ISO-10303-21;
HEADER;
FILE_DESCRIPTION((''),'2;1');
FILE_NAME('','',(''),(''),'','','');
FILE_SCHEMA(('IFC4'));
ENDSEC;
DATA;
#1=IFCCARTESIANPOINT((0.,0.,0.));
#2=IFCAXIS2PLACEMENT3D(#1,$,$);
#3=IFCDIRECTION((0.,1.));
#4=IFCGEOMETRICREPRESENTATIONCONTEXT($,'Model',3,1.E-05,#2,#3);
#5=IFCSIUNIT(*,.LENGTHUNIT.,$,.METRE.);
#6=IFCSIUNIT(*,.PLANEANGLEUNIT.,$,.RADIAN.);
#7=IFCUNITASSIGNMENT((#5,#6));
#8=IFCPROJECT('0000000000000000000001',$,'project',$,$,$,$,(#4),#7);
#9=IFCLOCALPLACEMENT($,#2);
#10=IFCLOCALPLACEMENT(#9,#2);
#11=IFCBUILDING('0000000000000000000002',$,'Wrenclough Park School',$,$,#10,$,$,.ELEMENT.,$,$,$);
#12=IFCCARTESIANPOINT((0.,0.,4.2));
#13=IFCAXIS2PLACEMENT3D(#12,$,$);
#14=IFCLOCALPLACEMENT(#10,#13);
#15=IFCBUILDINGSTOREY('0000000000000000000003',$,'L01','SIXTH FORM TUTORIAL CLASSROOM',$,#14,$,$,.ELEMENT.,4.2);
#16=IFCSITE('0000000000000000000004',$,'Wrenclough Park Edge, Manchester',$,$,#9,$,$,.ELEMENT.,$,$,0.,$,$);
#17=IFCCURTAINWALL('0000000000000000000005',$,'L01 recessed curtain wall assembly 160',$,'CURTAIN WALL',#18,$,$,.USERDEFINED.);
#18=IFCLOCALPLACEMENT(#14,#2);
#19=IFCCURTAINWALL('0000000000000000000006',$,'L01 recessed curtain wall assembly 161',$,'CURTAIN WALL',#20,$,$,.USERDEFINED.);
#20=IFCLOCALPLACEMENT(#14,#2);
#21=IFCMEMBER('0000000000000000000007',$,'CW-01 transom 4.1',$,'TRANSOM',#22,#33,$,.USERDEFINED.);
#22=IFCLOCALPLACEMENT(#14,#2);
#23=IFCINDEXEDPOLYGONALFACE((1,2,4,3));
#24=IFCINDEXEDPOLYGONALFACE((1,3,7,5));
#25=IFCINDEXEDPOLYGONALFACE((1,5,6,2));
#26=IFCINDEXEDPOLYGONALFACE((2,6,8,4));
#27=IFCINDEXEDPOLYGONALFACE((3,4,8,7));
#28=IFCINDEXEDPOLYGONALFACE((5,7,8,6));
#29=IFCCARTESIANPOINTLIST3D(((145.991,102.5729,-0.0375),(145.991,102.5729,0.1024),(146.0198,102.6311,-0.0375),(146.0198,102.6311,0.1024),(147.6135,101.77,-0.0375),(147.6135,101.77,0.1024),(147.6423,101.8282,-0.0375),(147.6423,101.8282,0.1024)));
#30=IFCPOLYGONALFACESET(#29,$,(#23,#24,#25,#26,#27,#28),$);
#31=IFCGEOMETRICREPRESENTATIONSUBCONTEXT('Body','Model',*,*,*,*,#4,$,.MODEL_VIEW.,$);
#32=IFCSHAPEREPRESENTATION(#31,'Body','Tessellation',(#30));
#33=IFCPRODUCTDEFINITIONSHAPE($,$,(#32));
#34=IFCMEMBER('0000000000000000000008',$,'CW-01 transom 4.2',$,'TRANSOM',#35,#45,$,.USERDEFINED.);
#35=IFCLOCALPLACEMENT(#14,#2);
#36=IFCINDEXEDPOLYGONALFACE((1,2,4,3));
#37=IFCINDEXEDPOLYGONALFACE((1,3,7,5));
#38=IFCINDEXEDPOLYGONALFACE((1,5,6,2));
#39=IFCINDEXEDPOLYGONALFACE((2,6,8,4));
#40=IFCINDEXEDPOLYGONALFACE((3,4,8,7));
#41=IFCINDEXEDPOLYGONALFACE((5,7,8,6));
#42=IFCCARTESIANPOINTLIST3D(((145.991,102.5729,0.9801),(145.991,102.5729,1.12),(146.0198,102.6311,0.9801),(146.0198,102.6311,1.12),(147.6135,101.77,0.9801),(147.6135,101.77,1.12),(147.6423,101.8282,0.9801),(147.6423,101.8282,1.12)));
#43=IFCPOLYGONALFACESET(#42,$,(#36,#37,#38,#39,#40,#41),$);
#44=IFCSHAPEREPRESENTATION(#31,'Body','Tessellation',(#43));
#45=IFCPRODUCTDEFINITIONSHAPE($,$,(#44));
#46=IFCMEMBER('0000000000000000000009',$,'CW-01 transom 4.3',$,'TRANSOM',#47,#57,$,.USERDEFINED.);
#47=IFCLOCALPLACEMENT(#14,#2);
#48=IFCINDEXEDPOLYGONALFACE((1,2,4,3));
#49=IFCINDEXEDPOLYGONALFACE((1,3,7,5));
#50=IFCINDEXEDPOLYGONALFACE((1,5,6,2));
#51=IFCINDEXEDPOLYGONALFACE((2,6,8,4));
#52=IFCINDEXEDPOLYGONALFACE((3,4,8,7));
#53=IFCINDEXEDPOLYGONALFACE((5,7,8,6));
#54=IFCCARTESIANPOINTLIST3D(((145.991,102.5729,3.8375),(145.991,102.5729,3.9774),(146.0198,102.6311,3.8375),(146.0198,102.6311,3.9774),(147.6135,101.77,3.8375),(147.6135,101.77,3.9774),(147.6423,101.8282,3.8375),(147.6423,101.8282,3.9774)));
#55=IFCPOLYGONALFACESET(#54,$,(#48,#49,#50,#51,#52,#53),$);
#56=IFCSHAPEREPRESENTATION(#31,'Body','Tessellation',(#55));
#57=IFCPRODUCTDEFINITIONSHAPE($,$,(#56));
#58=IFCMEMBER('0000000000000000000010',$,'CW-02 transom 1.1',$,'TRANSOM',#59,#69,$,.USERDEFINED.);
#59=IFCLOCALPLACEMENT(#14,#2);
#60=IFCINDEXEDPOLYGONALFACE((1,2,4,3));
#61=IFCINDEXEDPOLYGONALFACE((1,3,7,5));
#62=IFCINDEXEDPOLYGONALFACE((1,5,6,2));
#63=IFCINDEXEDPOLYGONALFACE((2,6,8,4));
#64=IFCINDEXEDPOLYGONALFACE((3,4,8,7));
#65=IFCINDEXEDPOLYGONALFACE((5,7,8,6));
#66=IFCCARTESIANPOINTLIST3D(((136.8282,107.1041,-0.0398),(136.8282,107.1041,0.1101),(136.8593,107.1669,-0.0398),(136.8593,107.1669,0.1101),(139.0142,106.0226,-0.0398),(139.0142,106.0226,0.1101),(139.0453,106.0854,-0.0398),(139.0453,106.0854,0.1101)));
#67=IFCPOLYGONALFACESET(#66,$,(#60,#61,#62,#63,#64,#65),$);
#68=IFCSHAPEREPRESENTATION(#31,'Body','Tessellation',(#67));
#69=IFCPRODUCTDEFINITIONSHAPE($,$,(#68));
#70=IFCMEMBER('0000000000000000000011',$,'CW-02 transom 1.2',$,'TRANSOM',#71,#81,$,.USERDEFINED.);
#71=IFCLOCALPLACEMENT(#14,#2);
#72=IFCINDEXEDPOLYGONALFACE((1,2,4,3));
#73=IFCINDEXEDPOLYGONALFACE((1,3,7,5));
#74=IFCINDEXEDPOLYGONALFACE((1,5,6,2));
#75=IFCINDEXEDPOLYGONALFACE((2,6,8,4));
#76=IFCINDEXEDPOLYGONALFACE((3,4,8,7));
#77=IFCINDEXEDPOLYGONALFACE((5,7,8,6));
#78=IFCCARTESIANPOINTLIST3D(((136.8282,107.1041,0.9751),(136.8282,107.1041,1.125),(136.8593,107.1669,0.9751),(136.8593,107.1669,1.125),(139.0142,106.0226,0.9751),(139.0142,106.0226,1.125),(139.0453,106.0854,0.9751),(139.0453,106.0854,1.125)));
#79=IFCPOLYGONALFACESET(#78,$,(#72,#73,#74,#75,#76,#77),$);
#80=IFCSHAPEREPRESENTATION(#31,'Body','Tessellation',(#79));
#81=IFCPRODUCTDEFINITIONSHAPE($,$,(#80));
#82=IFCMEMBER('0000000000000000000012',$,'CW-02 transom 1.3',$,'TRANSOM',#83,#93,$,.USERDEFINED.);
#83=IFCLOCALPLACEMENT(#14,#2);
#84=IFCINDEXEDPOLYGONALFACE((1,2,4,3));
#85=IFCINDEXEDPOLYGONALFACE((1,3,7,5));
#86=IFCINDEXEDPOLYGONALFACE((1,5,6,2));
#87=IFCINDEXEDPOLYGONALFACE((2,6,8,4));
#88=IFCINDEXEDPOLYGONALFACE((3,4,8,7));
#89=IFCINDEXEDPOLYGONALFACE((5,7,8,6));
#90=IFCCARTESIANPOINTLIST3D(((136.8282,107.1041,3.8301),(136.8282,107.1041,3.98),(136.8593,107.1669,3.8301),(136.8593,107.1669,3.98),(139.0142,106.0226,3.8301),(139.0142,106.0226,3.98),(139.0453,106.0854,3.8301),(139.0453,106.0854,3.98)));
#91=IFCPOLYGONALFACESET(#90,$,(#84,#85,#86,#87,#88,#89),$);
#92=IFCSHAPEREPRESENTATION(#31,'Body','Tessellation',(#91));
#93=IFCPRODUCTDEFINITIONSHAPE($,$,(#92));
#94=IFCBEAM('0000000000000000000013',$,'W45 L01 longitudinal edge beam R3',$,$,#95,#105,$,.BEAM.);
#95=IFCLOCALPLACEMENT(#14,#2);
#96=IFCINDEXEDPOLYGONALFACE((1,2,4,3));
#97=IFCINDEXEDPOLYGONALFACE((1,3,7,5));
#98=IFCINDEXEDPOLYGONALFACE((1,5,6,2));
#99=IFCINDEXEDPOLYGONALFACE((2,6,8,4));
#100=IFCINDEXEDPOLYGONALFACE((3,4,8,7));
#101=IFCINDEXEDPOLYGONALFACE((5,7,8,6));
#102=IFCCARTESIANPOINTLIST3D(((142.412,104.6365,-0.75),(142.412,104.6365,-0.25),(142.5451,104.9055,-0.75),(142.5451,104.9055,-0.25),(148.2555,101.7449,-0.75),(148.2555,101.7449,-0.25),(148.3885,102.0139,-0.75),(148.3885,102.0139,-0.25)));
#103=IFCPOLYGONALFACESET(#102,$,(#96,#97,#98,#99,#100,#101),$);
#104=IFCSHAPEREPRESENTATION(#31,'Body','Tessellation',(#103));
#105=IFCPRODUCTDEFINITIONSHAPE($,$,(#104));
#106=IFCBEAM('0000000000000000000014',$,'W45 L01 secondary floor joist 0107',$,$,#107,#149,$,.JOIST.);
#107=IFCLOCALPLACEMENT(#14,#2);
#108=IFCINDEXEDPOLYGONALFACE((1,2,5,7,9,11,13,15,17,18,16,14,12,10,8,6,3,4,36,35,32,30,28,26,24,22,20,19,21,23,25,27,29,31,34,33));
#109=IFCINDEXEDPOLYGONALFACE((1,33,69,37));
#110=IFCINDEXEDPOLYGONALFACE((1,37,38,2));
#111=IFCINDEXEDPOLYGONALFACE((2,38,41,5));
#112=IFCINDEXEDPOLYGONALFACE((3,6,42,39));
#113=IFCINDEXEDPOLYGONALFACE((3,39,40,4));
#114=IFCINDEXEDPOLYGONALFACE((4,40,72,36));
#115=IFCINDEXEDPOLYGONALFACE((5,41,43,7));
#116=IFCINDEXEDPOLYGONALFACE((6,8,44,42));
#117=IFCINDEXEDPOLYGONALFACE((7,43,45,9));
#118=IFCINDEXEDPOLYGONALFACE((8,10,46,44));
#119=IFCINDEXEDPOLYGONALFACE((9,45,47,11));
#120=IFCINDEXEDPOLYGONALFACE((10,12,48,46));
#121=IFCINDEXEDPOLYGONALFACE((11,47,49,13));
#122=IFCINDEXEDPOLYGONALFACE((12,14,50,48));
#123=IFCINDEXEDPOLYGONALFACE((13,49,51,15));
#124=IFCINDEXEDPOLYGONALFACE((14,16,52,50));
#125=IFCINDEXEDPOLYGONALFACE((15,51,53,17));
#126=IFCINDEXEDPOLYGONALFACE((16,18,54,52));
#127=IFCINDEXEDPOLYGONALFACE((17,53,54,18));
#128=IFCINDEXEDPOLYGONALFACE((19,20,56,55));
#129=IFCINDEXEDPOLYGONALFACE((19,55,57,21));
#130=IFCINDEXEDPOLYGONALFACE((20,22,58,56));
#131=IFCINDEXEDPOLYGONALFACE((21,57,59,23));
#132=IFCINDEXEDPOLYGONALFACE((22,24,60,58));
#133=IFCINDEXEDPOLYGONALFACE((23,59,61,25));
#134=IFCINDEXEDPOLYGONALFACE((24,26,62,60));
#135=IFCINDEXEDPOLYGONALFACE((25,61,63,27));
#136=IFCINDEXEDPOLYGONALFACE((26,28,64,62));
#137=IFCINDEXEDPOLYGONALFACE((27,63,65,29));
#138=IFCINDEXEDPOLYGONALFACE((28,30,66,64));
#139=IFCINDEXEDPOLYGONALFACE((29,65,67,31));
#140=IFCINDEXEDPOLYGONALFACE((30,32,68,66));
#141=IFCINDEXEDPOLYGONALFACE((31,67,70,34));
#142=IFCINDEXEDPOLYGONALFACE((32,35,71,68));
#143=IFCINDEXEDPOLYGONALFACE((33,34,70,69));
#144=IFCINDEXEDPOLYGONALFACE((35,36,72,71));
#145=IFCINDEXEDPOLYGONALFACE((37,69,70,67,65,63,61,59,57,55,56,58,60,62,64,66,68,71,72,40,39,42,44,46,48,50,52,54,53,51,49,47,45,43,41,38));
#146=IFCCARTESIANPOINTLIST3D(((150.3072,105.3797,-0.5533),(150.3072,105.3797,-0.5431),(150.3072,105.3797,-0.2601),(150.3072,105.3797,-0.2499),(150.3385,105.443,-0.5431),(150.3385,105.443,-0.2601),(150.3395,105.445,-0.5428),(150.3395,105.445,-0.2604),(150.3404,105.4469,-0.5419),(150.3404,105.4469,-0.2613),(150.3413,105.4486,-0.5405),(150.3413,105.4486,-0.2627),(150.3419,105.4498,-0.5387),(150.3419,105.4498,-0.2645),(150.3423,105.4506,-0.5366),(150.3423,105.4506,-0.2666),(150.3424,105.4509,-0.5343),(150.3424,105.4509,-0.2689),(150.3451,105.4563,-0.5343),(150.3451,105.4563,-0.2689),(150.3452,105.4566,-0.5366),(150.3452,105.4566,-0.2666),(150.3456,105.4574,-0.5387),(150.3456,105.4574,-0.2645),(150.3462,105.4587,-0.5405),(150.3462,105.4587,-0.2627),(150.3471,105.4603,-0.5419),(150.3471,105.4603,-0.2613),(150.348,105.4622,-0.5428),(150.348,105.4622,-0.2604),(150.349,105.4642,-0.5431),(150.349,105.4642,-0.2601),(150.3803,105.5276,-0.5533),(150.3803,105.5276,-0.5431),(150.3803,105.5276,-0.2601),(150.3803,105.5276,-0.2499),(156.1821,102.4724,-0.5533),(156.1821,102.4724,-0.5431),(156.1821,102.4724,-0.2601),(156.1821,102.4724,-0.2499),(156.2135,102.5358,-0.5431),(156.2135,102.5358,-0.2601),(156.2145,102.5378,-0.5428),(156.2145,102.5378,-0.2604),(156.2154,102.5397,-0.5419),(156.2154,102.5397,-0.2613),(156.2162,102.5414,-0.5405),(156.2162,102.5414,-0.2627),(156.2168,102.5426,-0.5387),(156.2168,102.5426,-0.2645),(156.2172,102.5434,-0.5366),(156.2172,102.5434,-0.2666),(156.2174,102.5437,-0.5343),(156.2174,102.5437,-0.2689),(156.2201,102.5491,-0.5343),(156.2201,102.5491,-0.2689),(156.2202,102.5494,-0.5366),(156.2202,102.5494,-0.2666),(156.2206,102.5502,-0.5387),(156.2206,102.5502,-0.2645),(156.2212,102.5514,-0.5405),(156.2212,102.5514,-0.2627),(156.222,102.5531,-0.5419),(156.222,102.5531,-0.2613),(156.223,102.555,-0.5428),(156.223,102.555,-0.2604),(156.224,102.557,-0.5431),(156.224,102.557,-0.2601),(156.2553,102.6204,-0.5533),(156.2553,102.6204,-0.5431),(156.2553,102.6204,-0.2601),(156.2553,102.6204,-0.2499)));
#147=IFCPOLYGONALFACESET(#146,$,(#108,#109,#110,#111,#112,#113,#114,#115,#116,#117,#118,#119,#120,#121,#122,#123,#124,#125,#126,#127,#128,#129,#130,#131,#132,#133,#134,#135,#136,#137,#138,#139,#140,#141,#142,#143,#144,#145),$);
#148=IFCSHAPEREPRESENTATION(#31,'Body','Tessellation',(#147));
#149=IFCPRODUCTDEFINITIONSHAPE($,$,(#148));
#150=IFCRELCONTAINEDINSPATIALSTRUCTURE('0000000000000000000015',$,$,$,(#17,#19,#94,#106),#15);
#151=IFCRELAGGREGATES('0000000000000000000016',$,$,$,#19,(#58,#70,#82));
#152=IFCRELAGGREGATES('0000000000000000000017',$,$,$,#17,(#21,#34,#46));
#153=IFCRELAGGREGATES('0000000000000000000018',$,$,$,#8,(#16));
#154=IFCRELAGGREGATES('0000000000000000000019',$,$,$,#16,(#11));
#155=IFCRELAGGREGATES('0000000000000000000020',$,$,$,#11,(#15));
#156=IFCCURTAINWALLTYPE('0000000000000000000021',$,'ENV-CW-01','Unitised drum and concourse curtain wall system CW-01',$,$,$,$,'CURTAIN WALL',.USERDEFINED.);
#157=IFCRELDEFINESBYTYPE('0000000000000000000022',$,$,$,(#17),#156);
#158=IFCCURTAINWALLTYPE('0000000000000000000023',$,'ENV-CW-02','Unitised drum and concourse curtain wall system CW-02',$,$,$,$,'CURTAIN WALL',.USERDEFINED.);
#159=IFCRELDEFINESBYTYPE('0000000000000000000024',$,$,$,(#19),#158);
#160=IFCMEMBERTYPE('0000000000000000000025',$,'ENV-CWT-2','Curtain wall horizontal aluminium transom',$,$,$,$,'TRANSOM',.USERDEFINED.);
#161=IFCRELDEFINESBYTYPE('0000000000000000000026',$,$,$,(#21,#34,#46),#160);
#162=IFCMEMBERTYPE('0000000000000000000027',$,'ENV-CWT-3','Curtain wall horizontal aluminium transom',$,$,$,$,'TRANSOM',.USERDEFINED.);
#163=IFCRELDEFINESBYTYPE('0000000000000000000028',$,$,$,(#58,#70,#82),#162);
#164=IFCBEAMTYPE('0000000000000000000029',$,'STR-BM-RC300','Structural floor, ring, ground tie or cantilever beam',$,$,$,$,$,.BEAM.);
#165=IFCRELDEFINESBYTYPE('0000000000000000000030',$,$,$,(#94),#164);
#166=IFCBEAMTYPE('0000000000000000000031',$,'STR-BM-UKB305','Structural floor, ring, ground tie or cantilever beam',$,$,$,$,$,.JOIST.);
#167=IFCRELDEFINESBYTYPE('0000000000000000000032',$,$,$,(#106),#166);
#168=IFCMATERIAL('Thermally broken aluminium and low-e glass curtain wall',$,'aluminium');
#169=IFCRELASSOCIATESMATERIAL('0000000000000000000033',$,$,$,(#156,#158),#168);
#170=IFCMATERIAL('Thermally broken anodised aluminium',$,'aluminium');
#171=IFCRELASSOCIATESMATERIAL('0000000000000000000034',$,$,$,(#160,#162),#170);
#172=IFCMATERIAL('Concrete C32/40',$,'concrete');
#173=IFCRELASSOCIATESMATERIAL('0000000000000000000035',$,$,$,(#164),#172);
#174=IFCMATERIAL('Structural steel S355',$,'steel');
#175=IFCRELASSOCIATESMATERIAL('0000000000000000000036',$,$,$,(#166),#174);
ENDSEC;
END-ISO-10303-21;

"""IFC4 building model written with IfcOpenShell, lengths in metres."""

from ifc_helpers import new_model, si_unit, direction, frame, origin, origin_2d, place, context, subcontext, project, spatial, rectangle, i_section, extrude, material, material_profile, profile_set, type_object, element, aggregate, save


model = new_model("IFC4")

# Units and contexts
model_context = context("Model", 3, precision=1e-05, world=origin(), true_north=direction((0.0, 1.0)))
body_context = subcontext(model_context, "Body", "Model", "MODEL_VIEW")
ifc_project = project(units=[si_unit("LENGTHUNIT", "METRE"), si_unit("PLANEANGLEUNIT", "RADIAN")], contexts=[model_context])

# Site, building, storey
site_placement = place(None, origin())
site = spatial("IfcSite", under=ifc_project, at=site_placement, Name="Wrenclough Park Edge, Manchester", CompositionType="ELEMENT", RefElevation=0.0)
building_placement = place(site_placement, origin())
building = spatial("IfcBuilding", under=site, at=building_placement, Name="Wrenclough Park School", CompositionType="ELEMENT")
storey_placement = place(building_placement, frame((0.0, 0.0, 4.2)))
storey = spatial("IfcBuildingStorey", under=building, at=storey_placement, Name="L01", Description="SIXTH FORM TUTORIAL CLASSROOM", CompositionType="ELEMENT", Elevation=4.2)

# Shared definitions
ifc_material_1 = material(Name="Structural steel S355", Category="steel")

# Curtain wall
ifc_material_2 = material(Name="Thermally broken aluminium and low-e glass curtain wall", Category="aluminium")
curtain_wall_type_1 = type_object("IfcCurtainWallType", Name="ENV-CW-01", Description="Unitised drum and concourse curtain wall system CW-01", ElementType="CURTAIN WALL", PredefinedType="USERDEFINED", material=ifc_material_2)
curtain_wall_1_placement = place(storey_placement, origin())
curtain_wall_1 = element("IfcCurtainWall", 1, at=curtain_wall_1_placement, inside=storey, type_object=curtain_wall_type_1, Name="L01 recessed curtain wall assembly 160", ObjectType="CURTAIN WALL", PredefinedType="USERDEFINED")
ifc_material_3 = material(Name="Thermally broken anodised aluminium", Category="aluminium")

# Curtain wall
curtain_wall_type_2 = type_object("IfcCurtainWallType", Name="ENV-CW-02", Description="Unitised drum and concourse curtain wall system CW-02", ElementType="CURTAIN WALL", PredefinedType="USERDEFINED", material=ifc_material_2)
curtain_wall_2_placement = place(storey_placement, origin())
curtain_wall_2 = element("IfcCurtainWall", 2, at=curtain_wall_2_placement, inside=storey, type_object=curtain_wall_type_2, Name="L01 recessed curtain wall assembly 161", ObjectType="CURTAIN WALL", PredefinedType="USERDEFINED")

# Members
ifc_material_profile_1 = material_profile(ifc_material_3, rectangle(XDim=0.0649, YDim=0.1399, at=origin_2d()), Name="AL TRANSOM 65x140")
ifc_profile_set_1 = profile_set([ifc_material_profile_1], Name="Thermally broken anodised aluminium")
member_type_1 = type_object("IfcMemberType", Name="ENV-CWT-2", Description="Curtain wall horizontal aluminium transom", ElementType="TRANSOM", PredefinedType="USERDEFINED", material=ifc_profile_set_1)
member_1_placement = place(storey_placement, frame((147.6279, 101.7991, 0.0325), z_axis=(-0.896254, 0.443542, 0.0), x_axis=(-0.443542, -0.896254, 0.0)))
member_1 = element("IfcMember", 3, at=member_1_placement, type_object=member_type_1, Name="CW-01 transom 4.1", ObjectType="TRANSOM", PredefinedType="USERDEFINED", context=body_context, shape_type="SweptSolid", body=[
    extrude(rectangle(XDim=0.0649, YDim=0.1399, at=origin_2d()), origin(), (0.0, 0.0, 1.0), 1.8103),
])
member_2_placement = place(storey_placement, frame((147.6279, 101.7991, 1.05), z_axis=(-0.896254, 0.443542, 0.0), x_axis=(-0.443542, -0.896254, 0.0)))
member_2 = element("IfcMember", 4, at=member_2_placement, type_object=member_type_1, Name="CW-01 transom 4.2", ObjectType="TRANSOM", PredefinedType="USERDEFINED", context=body_context, shape_type="SweptSolid", body=[
    extrude(rectangle(XDim=0.0649, YDim=0.1399, at=origin_2d()), origin(), (0.0, 0.0, 1.0), 1.8103),
])
member_3_placement = place(storey_placement, frame((147.6279, 101.7991, 3.9075), z_axis=(-0.896254, 0.443542, 0.0), x_axis=(-0.443542, -0.896254, 0.0)))
member_3 = element("IfcMember", 5, at=member_3_placement, type_object=member_type_1, Name="CW-01 transom 4.3", ObjectType="TRANSOM", PredefinedType="USERDEFINED", context=body_context, shape_type="SweptSolid", body=[
    extrude(rectangle(XDim=0.0649, YDim=0.1399, at=origin_2d()), origin(), (0.0, 0.0, 1.0), 1.8103),
])
ifc_material_profile_2 = material_profile(ifc_material_3, rectangle(XDim=0.0701, YDim=0.1499, at=origin_2d()), Name="AL TRANSOM 70x150")
ifc_profile_set_2 = profile_set([ifc_material_profile_2], Name="Thermally broken anodised aluminium")
member_type_2 = type_object("IfcMemberType", Name="ENV-CWT-3", Description="Curtain wall horizontal aluminium transom", ElementType="TRANSOM", PredefinedType="USERDEFINED", material=ifc_profile_set_2)
member_4_placement = place(storey_placement, frame((139.0298, 106.054, 0.0352), z_axis=(-0.896301, 0.443446, 0.0), x_axis=(-0.443446, -0.896301, 0.0)))
member_4 = element("IfcMember", 6, at=member_4_placement, type_object=member_type_2, Name="CW-02 transom 1.1", ObjectType="TRANSOM", PredefinedType="USERDEFINED", context=body_context, shape_type="SweptSolid", body=[
    extrude(rectangle(XDim=0.0701, YDim=0.1499, at=origin_2d()), origin(), (0.0, 0.0, 1.0), 2.439),
])
member_5_placement = place(storey_placement, frame((139.0298, 106.054, 1.05), z_axis=(-0.896301, 0.443446, 0.0), x_axis=(-0.443446, -0.896301, 0.0)))
member_5 = element("IfcMember", 7, at=member_5_placement, type_object=member_type_2, Name="CW-02 transom 1.2", ObjectType="TRANSOM", PredefinedType="USERDEFINED", context=body_context, shape_type="SweptSolid", body=[
    extrude(rectangle(XDim=0.0701, YDim=0.1499, at=origin_2d()), origin(), (0.0, 0.0, 1.0), 2.439),
])
member_6_placement = place(storey_placement, frame((139.0298, 106.054, 3.905), z_axis=(-0.896301, 0.443446, 0.0), x_axis=(-0.443446, -0.896301, 0.0)))
member_6 = element("IfcMember", 8, at=member_6_placement, type_object=member_type_2, Name="CW-02 transom 1.3", ObjectType="TRANSOM", PredefinedType="USERDEFINED", context=body_context, shape_type="SweptSolid", body=[
    extrude(rectangle(XDim=0.0701, YDim=0.1499, at=origin_2d()), origin(), (0.0, 0.0, 1.0), 2.439),
])
aggregate(curtain_wall_2, [member_4, member_5, member_6])

# Beams
ifc_material_4 = material(Name="Concrete C32/40", Category="concrete")
ifc_material_profile_3 = material_profile(ifc_material_4, rectangle(XDim=0.3, YDim=0.5, at=origin_2d()), Name="RC BEAM 300x500")
ifc_profile_set_3 = profile_set([ifc_material_profile_3], Name="Concrete C32/40")
beam_type_1 = type_object("IfcBeamType", Name="STR-BM-RC300", Description="Structural floor, ring, ground tie or cantilever beam", PredefinedType="BEAM", material=ifc_profile_set_3)
beam_1_placement = place(storey_placement, frame((142.4785, 104.771, -0.5), z_axis=(0.896269, -0.44351, 0.0), x_axis=(0.44351, 0.896269, 0.0)))
element("IfcBeam", 9, at=beam_1_placement, inside=storey, type_object=beam_type_1, Name="W45 L01 longitudinal edge beam R3", PredefinedType="BEAM", context=body_context, shape_type="SweptSolid", body=[
    extrude(rectangle(XDim=0.3, YDim=0.5, at=origin_2d()), origin(), (0.0, 0.0, 1.0), 6.5198),
])
ifc_material_profile_4 = material_profile(ifc_material_1, i_section(OverallWidth=0.165, OverallDepth=0.3035, WebThickness=0.0061, FlangeThickness=0.0103, FilletRadius=0.0088, at=origin_2d()), Name="UKB 305x165x40")
ifc_profile_set_4 = profile_set([ifc_material_profile_4], Name="Structural steel S355")
beam_type_2 = type_object("IfcBeamType", Name="STR-BM-UKB305", Description="Structural floor, ring, ground tie or cantilever beam", PredefinedType="JOIST", material=ifc_profile_set_4)
beam_2_placement = place(storey_placement, frame((150.3438, 105.4536, -0.4016), z_axis=(0.896267, -0.443515, 0.0), x_axis=(0.443515, 0.896267, 0.0)))
element("IfcBeam", 10, at=beam_2_placement, inside=storey, type_object=beam_type_2, Name="W45 L01 secondary floor joist 0107", PredefinedType="JOIST", context=body_context, shape_type="SweptSolid", body=[
    extrude(i_section(OverallWidth=0.165, OverallDepth=0.3035, WebThickness=0.0061, FlangeThickness=0.0103, FilletRadius=0.0088, at=origin_2d()), origin(), (0.0, 0.0, 1.0), 6.5549),
])

aggregate(curtain_wall_1, [member_1, member_2, member_3])

save(model, "model.ifc")
